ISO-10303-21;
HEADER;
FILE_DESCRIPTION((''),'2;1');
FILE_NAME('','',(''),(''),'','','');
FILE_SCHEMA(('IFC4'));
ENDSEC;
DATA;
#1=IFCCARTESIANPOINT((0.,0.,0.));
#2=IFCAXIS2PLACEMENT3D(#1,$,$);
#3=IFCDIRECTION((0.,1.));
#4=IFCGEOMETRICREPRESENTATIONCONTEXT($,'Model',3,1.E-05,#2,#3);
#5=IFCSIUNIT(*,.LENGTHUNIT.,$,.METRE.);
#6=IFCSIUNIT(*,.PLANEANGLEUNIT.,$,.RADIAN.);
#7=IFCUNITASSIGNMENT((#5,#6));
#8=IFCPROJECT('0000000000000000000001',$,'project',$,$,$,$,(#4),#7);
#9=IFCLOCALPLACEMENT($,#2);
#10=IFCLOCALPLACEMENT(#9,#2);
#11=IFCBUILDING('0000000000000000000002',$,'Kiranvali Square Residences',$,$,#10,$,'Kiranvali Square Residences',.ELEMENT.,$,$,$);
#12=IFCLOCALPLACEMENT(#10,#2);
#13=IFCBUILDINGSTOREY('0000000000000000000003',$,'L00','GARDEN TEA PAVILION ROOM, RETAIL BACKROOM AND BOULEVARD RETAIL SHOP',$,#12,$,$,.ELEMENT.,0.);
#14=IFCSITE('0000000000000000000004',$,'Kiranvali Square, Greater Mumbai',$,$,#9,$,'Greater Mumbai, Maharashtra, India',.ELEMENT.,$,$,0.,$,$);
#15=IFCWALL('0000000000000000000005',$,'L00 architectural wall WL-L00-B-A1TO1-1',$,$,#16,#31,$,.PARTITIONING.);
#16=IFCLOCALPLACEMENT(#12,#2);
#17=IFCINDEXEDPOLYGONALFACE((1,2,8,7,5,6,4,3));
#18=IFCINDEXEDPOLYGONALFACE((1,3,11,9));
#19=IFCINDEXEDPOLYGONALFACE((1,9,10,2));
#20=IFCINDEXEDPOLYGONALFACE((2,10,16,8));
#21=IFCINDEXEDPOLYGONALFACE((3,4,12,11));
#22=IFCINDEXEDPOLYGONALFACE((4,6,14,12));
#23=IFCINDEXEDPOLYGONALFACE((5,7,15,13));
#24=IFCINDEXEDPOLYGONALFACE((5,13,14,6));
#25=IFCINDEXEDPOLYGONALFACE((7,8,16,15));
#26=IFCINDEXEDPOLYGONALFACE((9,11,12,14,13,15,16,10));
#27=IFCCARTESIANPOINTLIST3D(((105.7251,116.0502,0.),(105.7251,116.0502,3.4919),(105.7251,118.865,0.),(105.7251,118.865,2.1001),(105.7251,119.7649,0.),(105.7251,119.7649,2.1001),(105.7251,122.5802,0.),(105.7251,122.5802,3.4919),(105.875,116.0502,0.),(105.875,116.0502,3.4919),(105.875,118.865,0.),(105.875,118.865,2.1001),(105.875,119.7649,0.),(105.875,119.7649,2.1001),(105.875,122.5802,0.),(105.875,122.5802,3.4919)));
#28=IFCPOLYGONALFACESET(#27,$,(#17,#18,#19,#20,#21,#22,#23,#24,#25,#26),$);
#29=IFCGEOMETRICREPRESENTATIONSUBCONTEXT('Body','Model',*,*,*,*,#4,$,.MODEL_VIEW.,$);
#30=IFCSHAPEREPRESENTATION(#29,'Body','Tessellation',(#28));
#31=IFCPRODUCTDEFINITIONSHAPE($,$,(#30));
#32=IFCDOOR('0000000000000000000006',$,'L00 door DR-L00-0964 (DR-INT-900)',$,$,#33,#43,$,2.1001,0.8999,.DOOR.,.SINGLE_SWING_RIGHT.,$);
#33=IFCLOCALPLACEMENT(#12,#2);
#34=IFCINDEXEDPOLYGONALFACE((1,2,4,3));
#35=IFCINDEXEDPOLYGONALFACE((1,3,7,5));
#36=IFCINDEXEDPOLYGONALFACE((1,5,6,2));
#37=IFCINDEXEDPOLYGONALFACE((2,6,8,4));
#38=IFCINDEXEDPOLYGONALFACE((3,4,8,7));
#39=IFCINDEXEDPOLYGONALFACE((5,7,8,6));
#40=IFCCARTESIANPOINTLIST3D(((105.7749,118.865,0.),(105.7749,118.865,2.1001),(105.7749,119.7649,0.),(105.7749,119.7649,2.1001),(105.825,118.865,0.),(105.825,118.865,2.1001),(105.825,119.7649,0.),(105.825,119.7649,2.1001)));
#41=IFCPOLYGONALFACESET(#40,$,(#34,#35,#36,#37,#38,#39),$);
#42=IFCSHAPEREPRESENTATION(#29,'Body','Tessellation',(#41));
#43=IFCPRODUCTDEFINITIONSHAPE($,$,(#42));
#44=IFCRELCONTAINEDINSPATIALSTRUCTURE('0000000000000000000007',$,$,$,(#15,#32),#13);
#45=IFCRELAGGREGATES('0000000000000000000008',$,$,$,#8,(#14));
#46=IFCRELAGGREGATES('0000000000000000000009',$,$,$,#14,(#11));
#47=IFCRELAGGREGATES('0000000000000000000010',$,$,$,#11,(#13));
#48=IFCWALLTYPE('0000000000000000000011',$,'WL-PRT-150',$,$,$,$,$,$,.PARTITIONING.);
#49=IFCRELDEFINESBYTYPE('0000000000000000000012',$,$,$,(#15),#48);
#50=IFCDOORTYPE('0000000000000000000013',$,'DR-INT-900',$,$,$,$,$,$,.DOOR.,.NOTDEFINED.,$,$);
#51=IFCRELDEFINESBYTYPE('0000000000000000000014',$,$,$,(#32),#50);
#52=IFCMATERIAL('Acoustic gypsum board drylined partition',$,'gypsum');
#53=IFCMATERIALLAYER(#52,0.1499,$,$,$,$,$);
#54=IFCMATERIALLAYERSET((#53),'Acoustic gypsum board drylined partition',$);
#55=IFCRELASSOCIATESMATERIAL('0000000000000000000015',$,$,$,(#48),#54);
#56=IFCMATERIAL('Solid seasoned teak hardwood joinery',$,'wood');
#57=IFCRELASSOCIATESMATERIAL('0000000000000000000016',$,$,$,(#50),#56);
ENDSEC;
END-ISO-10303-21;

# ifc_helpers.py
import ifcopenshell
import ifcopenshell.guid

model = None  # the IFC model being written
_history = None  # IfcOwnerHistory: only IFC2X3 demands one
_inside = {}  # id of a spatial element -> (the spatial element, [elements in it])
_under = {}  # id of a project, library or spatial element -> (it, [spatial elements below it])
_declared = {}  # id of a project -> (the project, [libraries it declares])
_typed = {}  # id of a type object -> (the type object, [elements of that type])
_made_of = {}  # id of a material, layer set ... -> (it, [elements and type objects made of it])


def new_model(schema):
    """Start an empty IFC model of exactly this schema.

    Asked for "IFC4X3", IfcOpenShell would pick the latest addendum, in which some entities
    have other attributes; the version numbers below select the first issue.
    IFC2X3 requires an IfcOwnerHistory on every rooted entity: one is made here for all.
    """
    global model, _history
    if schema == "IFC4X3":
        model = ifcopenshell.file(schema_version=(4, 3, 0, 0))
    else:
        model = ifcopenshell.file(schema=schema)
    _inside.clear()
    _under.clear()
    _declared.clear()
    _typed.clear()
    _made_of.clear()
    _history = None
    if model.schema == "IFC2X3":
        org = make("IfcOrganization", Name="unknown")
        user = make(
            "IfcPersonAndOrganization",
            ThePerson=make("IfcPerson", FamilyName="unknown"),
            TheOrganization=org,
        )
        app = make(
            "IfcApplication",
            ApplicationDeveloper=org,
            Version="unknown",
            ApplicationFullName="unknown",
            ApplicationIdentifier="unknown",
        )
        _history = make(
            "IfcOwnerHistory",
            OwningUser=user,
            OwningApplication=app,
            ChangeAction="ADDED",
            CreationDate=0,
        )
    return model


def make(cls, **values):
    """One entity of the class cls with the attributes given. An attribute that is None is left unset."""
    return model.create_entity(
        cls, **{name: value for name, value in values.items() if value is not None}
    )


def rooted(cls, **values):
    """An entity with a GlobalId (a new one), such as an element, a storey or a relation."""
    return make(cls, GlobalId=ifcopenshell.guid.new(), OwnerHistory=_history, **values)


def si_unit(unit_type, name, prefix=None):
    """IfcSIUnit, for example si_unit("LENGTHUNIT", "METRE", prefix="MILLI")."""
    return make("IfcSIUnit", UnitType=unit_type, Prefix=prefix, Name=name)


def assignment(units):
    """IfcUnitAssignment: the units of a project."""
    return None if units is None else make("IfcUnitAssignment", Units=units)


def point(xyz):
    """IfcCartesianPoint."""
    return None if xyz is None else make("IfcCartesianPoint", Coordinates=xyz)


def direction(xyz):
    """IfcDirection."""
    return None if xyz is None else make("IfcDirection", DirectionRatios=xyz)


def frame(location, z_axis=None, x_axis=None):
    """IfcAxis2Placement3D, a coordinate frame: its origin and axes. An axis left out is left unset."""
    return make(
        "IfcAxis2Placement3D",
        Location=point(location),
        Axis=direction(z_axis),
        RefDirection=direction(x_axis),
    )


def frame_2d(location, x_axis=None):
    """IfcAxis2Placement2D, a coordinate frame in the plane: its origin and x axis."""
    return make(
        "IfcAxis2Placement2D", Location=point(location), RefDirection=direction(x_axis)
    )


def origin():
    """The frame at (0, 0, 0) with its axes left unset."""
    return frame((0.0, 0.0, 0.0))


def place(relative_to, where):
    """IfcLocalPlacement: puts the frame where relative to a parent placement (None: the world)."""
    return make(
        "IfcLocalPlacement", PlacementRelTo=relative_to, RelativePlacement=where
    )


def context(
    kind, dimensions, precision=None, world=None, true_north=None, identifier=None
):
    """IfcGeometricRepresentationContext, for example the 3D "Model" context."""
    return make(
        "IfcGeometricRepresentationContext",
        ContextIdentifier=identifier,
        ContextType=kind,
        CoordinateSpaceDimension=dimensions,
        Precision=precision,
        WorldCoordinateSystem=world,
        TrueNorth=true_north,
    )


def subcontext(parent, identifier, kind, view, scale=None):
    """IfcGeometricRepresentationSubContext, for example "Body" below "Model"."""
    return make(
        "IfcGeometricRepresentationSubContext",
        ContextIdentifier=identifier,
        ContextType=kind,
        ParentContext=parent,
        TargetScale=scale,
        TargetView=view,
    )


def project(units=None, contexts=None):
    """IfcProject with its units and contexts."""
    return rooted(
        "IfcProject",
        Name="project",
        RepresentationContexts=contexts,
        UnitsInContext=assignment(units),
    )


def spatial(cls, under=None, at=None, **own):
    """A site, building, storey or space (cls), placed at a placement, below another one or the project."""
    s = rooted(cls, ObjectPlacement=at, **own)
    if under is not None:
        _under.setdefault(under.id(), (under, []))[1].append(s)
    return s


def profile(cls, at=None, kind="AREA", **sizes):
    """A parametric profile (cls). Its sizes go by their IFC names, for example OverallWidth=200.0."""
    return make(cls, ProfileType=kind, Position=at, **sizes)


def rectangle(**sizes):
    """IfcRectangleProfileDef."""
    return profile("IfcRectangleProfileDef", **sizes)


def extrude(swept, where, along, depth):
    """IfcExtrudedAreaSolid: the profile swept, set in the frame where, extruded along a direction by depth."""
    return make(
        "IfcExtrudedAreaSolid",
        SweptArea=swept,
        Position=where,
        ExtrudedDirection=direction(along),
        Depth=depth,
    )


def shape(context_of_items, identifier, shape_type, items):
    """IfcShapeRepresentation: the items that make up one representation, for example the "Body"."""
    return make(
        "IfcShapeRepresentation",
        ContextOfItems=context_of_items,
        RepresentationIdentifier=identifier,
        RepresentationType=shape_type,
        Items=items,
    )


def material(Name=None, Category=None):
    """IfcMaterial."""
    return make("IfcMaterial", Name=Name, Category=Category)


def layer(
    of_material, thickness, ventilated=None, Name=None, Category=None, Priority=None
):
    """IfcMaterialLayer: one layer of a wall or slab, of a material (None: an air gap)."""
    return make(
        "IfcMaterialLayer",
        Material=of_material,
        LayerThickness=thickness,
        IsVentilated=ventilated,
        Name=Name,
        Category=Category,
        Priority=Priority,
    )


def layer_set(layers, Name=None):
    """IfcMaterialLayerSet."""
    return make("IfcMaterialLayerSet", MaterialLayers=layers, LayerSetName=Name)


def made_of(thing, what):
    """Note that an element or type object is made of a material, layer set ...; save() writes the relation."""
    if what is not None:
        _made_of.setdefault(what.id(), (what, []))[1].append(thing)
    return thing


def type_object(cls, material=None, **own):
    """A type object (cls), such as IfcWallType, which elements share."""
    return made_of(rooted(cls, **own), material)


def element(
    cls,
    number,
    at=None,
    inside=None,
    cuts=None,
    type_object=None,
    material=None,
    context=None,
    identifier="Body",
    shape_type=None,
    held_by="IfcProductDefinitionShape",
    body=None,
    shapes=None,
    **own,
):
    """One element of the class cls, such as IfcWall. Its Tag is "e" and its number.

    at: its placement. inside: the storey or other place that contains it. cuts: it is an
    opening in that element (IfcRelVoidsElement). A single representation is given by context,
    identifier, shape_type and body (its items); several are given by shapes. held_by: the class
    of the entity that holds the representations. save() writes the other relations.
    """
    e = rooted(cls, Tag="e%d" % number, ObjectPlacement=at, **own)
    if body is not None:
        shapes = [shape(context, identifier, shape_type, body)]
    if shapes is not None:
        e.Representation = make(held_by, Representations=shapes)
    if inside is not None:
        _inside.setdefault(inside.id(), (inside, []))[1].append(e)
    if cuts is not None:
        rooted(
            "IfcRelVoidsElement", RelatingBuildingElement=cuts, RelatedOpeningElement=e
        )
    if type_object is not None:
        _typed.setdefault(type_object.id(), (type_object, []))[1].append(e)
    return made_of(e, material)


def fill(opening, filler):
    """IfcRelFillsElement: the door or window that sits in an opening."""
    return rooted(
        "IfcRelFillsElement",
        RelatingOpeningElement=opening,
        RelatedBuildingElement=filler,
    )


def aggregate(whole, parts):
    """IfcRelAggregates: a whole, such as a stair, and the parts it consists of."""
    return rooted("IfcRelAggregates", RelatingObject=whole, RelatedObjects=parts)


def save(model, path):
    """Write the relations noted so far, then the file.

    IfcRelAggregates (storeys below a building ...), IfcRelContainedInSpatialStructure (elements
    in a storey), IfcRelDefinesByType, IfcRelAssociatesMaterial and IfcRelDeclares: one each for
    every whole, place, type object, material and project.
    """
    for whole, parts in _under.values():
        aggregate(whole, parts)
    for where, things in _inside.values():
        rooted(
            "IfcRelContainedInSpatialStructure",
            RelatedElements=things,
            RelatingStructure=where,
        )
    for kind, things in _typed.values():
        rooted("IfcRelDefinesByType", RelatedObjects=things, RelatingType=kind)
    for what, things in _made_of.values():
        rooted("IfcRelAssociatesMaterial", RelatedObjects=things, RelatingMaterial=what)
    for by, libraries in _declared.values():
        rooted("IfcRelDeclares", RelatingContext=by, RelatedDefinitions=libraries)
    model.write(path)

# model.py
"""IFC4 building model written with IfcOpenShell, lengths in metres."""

from ifc_helpers import new_model, si_unit, direction, frame, frame_2d, origin, place, context, subcontext, project, spatial, rectangle, extrude, material, layer, layer_set, type_object, element, fill, save


model = new_model("IFC4")

# Units and contexts
model_context = context("Model", 3, precision=1e-05, world=origin(), true_north=direction((0.0, 1.0)))
body_context = subcontext(model_context, "Body", "Model", "MODEL_VIEW")
ifc_project = project(units=[si_unit("LENGTHUNIT", "METRE"), si_unit("PLANEANGLEUNIT", "RADIAN")], contexts=[model_context])

# Site, building, storey
site_placement = place(None, origin())
site = spatial("IfcSite", under=ifc_project, at=site_placement, Name="Kiranvali Square, Greater Mumbai", LongName="Greater Mumbai, Maharashtra, India", CompositionType="ELEMENT", RefElevation=0.0)
building_placement = place(site_placement, origin())
building = spatial("IfcBuilding", under=site, at=building_placement, Name="Kiranvali Square Residences", LongName="Kiranvali Square Residences", CompositionType="ELEMENT")
storey_placement = place(building_placement, origin())
storey = spatial("IfcBuildingStorey", under=building, at=storey_placement, Name="L00", Description="GARDEN TEA PAVILION ROOM, RETAIL BACKROOM AND BOULEVARD RETAIL SHOP", CompositionType="ELEMENT", Elevation=0.0)

# Wall, opening, door
ifc_material_1 = material(Name="Acoustic gypsum board drylined partition", Category="gypsum")
ifc_layer_1 = layer(ifc_material_1, 0.1499)
ifc_layer_set_1 = layer_set([ifc_layer_1], Name="Acoustic gypsum board drylined partition")
wall_type_1 = type_object("IfcWallType", Name="WL-PRT-150", PredefinedType="PARTITIONING", material=ifc_layer_set_1)
wall_1_placement = place(storey_placement, frame((105.8, 116.05, 0.0), z_axis=(0.0, 0.0, 1.0), x_axis=(0.0, 1.0, 0.0)))
wall_1 = element("IfcWall", 1, at=wall_1_placement, inside=storey, type_object=wall_type_1, Name="L00 architectural wall WL-L00-B-A1TO1-1", PredefinedType="PARTITIONING", context=body_context, shape_type="SweptSolid", body=[
    extrude(rectangle(XDim=6.53, YDim=0.1499, at=frame_2d((3.2651, 0.0))), origin(), (0.0, 0.0, 1.0), 3.4919),
])
opening_1_placement = place(wall_1_placement, frame((2.8149, 0.0, 0.0)))
opening_1 = element("IfcOpeningElement", 2, at=opening_1_placement, cuts=wall_1, PredefinedType="OPENING", context=body_context, shape_type="SweptSolid", body=[
    extrude(rectangle(XDim=0.8999, YDim=2.1001, at=frame_2d((0.45, 1.05))), frame((0.0, 0.085, 0.0), z_axis=(0.0, -1.0, 0.0), x_axis=(1.0, 0.0, 0.0)), (0.0, 0.0, 1.0), 0.1699),
])
ifc_material_2 = material(Name="Solid seasoned teak hardwood joinery", Category="wood")
door_type_1 = type_object("IfcDoorType", Name="DR-INT-900", OperationType="NOTDEFINED", PredefinedType="DOOR", material=ifc_material_2)
door_1_placement = place(opening_1_placement, frame((0.8999, 0.0, 0.0), z_axis=(0.0, 0.0, 1.0), x_axis=(-1.0, 0.0, 0.0)))
door_1 = element("IfcDoor", 3, at=door_1_placement, inside=storey, type_object=door_type_1, Name="L00 door DR-L00-0964 (DR-INT-900)", OperationType="SINGLE_SWING_RIGHT", OverallHeight=2.1001, OverallWidth=0.8999, PredefinedType="DOOR", context=body_context, shape_type="SweptSolid", body=[
    extrude(rectangle(XDim=0.8999, YDim=2.1001, at=frame_2d((0.45, 1.05))), frame((0.0, 0.0249, 0.0), z_axis=(0.0, -1.0, 0.0), x_axis=(1.0, 0.0, 0.0)), (0.0, 0.0, 1.0), 0.05),
])
fill(opening_1, door_1)

save(model, "model.ifc")
